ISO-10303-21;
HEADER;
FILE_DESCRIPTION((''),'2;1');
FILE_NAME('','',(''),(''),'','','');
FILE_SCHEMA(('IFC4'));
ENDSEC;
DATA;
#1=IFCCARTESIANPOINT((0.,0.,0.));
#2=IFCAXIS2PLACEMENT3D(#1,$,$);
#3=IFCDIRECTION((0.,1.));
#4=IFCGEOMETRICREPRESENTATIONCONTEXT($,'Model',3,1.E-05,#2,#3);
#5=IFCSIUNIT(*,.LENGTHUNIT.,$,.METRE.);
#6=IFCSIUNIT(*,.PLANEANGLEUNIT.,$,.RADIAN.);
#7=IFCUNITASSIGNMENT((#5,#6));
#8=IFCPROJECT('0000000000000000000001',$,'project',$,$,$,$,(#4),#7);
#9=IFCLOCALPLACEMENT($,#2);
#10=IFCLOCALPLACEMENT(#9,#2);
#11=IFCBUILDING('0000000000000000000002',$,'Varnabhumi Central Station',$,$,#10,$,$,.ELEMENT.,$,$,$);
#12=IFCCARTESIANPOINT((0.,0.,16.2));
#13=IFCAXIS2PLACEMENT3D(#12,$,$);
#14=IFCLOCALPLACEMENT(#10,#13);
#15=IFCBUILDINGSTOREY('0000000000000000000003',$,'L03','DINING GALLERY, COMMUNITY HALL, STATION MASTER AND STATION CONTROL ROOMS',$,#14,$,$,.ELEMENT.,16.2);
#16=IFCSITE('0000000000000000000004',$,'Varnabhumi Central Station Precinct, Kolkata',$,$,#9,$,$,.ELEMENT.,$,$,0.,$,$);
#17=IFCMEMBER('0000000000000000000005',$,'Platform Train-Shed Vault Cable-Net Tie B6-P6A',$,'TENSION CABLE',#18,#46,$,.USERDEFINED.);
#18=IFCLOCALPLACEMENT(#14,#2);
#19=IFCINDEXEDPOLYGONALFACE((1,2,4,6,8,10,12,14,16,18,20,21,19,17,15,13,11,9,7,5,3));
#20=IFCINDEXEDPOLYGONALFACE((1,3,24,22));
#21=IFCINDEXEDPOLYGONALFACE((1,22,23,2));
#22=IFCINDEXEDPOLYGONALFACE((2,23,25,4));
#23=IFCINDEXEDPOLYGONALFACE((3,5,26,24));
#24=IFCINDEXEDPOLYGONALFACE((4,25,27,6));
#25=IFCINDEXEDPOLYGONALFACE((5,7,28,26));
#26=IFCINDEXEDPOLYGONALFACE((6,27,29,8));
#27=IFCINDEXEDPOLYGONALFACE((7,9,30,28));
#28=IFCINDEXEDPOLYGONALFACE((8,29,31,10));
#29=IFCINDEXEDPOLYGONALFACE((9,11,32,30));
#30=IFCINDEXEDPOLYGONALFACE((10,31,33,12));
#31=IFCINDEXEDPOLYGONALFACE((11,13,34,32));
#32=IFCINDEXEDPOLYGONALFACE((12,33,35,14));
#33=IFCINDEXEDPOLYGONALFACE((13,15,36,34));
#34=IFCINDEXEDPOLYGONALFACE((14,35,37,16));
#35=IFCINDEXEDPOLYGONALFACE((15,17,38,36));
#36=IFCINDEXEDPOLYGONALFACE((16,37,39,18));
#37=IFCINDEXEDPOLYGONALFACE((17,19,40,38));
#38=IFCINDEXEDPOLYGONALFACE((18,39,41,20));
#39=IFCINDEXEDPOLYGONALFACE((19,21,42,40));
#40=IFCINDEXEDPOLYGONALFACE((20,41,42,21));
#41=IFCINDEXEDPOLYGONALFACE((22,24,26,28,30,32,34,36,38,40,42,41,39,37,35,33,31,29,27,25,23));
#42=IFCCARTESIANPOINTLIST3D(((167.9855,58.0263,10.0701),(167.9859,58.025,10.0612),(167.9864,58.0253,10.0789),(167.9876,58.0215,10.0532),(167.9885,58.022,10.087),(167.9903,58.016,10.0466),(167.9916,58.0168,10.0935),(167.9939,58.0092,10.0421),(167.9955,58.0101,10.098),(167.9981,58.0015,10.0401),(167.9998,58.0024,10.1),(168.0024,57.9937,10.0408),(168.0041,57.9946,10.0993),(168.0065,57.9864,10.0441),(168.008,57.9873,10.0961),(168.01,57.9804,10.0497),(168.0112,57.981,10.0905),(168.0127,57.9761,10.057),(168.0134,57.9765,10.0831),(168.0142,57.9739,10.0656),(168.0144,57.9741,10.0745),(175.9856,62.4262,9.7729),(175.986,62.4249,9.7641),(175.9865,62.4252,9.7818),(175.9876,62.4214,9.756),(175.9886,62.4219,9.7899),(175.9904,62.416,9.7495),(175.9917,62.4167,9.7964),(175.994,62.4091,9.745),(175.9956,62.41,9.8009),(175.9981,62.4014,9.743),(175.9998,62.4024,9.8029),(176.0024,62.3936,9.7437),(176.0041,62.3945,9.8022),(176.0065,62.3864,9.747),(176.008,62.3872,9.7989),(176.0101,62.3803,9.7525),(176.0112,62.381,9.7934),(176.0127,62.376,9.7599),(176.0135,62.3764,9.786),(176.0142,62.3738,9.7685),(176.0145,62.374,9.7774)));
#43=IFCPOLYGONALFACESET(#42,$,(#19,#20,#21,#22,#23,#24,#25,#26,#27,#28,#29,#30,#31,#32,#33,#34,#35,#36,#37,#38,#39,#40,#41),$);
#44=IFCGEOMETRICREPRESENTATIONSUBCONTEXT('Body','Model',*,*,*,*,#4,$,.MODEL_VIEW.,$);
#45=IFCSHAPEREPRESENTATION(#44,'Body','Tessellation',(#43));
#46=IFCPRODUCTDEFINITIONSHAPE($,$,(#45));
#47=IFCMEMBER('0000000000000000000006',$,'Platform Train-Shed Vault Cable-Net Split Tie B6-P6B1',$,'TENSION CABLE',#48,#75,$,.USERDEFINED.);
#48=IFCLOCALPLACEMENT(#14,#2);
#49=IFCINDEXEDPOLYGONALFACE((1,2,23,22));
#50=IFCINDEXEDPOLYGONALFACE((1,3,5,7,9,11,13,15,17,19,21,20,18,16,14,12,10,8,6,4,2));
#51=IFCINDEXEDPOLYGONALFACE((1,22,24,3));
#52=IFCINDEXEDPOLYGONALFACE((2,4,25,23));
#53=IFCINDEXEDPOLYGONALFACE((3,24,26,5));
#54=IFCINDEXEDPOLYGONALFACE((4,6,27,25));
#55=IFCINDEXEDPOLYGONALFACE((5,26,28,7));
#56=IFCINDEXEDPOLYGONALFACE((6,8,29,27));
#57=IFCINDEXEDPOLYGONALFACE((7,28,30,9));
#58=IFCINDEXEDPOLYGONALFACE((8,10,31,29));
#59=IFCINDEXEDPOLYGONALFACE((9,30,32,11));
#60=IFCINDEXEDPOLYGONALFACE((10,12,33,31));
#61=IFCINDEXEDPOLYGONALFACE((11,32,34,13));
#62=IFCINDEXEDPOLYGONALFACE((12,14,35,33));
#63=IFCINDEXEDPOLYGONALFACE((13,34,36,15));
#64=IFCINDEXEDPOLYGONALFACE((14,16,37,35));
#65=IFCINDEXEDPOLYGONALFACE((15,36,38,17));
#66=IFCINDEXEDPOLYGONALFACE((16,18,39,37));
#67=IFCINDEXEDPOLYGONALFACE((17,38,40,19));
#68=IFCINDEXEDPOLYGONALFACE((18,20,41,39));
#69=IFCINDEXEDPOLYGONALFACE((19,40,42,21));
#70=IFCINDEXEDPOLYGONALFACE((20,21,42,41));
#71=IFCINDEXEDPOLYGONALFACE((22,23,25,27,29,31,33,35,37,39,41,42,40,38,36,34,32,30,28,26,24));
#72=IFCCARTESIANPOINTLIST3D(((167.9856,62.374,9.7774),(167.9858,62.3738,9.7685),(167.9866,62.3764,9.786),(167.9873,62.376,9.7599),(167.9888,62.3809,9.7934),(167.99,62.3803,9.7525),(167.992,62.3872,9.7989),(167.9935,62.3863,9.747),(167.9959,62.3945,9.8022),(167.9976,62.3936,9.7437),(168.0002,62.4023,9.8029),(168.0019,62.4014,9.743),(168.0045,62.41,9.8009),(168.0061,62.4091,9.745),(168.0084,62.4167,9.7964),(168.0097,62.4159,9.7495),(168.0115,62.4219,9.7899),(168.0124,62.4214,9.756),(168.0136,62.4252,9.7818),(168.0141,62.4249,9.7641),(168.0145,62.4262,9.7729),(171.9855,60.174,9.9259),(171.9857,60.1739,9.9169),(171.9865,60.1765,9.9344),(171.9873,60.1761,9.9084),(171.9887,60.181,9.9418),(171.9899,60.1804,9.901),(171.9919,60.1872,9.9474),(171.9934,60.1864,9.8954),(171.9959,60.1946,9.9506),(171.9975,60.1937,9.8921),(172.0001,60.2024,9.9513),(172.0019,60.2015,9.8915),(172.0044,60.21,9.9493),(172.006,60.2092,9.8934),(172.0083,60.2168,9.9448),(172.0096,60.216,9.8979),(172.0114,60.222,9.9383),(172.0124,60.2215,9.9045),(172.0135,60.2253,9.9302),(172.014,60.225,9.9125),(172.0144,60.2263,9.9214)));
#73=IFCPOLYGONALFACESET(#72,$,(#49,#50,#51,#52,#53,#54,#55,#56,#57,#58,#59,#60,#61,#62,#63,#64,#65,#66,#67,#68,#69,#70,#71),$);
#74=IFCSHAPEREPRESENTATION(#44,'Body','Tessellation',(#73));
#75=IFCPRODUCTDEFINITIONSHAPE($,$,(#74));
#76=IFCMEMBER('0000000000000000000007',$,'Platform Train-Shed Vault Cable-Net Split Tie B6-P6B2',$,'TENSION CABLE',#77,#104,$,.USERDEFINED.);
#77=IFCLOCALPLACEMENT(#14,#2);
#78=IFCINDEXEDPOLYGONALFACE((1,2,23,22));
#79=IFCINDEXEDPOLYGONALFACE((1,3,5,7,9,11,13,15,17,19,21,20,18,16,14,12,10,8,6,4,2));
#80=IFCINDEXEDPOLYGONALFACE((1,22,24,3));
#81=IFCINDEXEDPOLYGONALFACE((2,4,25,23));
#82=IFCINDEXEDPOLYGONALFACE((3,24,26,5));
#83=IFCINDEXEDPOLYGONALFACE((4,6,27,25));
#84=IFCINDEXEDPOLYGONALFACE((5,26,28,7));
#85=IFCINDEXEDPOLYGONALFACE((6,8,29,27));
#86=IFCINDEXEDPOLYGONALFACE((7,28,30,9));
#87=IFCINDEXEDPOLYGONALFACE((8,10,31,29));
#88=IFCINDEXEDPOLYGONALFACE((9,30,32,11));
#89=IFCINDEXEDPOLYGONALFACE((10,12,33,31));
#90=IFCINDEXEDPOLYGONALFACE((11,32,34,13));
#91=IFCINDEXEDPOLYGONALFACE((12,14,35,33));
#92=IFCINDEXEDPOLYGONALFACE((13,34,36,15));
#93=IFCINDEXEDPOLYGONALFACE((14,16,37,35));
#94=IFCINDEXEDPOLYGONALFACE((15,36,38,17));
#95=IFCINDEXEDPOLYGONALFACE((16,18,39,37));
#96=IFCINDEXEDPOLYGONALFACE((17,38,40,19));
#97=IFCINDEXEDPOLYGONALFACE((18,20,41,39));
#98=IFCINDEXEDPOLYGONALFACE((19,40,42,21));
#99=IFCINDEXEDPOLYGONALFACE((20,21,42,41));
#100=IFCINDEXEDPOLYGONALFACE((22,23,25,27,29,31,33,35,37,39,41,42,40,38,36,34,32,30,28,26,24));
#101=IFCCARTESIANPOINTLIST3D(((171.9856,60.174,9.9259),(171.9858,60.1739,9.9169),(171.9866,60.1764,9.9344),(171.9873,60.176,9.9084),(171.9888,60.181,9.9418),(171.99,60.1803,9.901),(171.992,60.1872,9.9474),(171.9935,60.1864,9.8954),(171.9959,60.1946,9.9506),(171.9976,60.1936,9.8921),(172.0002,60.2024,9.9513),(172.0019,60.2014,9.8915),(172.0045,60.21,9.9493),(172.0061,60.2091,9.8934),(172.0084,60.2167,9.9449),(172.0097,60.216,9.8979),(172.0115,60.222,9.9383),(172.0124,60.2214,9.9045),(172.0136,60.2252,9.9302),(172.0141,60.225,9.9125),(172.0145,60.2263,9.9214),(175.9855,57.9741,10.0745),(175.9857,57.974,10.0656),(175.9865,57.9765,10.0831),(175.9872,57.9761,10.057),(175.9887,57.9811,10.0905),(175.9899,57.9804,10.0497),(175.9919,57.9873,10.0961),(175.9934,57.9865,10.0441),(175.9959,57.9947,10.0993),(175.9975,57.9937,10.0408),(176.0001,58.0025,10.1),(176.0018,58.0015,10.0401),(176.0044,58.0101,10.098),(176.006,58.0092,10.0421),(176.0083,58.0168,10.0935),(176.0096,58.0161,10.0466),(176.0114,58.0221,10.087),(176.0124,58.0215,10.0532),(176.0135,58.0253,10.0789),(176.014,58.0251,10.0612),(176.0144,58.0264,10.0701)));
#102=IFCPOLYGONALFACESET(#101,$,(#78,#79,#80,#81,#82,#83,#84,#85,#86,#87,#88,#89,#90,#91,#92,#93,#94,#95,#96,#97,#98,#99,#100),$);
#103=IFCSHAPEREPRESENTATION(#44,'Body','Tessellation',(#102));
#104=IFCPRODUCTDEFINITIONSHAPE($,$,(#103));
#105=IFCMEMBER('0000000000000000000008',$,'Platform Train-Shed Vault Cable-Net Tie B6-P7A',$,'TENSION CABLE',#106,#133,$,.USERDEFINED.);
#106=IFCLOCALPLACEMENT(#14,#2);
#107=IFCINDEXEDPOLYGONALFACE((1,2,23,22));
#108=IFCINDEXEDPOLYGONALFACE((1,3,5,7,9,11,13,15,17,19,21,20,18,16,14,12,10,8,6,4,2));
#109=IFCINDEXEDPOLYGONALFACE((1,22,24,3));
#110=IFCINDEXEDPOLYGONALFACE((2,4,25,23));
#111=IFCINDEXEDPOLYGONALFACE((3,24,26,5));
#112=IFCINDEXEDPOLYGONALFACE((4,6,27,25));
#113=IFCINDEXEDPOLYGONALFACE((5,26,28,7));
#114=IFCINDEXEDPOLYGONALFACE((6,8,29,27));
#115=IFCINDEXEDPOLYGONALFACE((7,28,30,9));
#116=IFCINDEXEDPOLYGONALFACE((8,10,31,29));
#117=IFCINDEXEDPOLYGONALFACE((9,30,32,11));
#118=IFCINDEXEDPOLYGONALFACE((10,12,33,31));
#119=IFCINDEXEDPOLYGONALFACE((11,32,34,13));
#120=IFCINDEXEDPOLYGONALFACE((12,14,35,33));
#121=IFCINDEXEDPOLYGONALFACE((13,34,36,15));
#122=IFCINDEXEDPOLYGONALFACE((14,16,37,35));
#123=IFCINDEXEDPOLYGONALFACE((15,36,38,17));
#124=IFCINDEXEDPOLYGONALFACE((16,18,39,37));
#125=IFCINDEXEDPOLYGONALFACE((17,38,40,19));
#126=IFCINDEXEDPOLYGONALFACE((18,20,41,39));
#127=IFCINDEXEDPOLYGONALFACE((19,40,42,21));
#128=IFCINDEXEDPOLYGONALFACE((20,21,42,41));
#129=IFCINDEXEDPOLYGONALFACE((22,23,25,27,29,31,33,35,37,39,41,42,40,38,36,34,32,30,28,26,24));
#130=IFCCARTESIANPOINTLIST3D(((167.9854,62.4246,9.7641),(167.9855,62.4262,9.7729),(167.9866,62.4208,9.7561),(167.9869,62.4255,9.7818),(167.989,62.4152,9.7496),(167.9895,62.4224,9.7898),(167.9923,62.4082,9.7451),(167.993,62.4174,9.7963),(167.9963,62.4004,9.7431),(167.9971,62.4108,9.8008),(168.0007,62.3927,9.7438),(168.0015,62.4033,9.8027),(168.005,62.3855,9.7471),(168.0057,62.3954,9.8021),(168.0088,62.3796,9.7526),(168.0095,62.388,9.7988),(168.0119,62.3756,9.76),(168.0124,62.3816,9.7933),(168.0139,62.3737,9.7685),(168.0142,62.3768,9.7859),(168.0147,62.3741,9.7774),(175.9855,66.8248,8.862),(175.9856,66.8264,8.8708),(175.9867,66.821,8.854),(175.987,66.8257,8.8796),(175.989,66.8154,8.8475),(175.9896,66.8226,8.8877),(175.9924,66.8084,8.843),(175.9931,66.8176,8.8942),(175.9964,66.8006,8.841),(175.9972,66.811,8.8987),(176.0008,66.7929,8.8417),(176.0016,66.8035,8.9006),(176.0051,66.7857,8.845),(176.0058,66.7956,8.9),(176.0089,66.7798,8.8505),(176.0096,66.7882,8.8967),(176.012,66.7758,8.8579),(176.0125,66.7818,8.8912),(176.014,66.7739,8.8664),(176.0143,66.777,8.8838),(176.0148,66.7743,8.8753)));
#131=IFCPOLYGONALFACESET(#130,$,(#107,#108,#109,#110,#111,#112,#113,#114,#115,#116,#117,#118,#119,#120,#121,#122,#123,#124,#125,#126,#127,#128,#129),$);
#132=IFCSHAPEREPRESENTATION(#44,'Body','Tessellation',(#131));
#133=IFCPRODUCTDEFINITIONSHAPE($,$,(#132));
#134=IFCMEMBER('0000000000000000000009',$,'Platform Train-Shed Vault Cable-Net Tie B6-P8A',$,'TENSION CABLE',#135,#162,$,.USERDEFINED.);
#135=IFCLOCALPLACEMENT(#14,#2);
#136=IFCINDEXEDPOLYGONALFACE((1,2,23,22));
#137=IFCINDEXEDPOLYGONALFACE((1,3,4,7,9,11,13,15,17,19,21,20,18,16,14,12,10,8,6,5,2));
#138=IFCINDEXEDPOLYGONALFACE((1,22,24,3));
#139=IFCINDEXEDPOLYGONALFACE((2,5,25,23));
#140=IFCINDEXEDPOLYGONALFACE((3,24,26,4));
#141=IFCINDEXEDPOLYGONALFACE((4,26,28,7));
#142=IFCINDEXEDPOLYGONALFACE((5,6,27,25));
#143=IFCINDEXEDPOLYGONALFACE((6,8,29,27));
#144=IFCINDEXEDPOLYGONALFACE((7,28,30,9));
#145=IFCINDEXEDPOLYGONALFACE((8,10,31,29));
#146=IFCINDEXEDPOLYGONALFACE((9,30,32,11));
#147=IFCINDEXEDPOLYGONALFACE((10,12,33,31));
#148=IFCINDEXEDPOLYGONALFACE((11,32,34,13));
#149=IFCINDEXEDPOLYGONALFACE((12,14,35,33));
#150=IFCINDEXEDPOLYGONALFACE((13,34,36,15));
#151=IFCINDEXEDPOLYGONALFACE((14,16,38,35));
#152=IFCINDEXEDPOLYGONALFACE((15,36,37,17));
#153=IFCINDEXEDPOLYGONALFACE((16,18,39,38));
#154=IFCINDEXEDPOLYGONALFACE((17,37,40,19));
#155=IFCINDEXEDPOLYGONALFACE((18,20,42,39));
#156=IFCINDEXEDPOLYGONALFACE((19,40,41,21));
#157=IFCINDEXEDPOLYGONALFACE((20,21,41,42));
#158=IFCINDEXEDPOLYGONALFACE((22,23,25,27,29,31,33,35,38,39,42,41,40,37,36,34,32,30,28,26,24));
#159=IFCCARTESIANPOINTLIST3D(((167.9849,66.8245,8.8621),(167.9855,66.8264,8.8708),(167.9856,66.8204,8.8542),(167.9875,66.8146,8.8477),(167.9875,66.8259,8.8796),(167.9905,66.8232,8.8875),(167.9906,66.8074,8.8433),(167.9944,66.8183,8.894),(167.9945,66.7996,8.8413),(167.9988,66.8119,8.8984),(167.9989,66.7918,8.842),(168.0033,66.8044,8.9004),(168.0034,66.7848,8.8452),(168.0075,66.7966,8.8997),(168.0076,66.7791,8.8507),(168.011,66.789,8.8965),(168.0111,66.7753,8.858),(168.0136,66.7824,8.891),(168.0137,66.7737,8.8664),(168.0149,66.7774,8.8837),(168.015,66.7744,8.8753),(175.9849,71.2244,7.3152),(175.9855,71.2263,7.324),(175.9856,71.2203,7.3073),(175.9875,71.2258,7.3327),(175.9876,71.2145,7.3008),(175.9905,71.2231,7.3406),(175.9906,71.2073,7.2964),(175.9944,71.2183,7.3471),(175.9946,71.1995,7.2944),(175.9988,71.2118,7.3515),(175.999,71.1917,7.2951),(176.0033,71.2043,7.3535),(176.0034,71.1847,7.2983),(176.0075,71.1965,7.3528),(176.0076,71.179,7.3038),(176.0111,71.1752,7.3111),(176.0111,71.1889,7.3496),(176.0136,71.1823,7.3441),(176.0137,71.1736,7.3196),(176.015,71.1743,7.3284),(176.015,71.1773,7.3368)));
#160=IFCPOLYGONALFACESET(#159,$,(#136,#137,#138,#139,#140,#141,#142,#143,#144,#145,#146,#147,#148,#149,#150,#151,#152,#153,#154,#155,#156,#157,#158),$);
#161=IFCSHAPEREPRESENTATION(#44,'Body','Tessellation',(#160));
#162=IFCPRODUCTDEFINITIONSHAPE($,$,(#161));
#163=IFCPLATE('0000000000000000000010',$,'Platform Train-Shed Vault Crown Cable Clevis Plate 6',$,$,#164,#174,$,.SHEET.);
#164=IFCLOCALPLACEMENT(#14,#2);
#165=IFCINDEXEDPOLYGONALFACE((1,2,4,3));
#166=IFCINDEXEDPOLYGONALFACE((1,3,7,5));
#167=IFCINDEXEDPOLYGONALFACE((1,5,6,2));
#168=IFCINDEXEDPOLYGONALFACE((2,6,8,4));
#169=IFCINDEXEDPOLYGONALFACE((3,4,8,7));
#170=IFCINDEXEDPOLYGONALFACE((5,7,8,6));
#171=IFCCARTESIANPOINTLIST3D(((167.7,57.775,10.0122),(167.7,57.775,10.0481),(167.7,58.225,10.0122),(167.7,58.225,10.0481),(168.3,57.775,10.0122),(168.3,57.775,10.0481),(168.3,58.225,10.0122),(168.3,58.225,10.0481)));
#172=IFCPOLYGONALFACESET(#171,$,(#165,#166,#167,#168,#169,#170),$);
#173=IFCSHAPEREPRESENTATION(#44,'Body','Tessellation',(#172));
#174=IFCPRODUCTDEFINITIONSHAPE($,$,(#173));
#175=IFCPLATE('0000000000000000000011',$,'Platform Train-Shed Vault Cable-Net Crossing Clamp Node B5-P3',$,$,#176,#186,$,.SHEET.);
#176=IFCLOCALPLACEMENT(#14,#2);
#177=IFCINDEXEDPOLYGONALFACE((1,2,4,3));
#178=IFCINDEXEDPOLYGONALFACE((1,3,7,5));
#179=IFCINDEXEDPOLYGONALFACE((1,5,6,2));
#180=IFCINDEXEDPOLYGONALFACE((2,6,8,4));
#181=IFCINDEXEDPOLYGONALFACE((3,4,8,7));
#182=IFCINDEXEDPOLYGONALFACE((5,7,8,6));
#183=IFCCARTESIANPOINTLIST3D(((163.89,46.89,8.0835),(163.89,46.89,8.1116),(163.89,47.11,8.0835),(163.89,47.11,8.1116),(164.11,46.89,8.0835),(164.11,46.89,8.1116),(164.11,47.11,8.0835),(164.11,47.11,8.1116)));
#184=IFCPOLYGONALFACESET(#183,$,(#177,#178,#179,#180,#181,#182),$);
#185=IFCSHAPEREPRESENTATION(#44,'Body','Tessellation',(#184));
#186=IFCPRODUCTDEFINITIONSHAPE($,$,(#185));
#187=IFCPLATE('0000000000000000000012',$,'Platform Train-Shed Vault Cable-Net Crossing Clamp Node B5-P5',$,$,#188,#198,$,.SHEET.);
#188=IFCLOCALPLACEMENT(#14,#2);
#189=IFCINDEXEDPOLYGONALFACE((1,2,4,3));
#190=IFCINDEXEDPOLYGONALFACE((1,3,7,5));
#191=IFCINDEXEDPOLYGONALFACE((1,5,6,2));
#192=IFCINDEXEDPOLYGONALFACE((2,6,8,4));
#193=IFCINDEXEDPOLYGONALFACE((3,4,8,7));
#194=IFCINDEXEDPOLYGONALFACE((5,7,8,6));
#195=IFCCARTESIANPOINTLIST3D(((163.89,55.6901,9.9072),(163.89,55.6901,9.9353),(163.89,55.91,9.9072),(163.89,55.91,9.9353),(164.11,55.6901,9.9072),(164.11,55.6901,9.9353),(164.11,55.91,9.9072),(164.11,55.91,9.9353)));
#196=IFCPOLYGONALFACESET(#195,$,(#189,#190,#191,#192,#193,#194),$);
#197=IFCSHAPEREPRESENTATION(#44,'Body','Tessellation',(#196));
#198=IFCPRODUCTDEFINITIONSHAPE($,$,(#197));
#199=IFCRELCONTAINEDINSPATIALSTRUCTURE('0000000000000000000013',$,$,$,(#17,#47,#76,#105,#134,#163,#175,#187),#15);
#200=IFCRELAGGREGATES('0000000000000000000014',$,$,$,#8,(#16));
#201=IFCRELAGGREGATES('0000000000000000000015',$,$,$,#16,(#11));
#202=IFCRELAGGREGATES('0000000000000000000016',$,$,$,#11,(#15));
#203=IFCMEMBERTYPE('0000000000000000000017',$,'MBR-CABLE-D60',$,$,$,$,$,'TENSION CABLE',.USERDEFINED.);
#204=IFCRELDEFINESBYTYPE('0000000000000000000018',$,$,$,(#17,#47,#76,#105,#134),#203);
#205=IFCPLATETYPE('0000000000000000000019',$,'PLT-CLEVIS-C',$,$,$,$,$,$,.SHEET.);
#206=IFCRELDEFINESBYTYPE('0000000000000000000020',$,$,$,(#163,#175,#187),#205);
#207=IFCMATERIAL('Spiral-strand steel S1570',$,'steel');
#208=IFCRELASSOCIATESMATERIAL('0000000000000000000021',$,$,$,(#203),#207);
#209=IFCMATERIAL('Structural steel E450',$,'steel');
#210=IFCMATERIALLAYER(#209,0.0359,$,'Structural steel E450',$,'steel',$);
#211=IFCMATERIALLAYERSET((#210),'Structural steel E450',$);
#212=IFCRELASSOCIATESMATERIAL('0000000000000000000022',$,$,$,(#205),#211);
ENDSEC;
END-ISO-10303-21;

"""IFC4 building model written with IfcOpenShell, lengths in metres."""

from ifc_helpers import new_model, si_unit, direction, frame, origin, origin_2d, place, context, subcontext, project, spatial, rectangle, circle, extrude, material, layer, layer_set, material_profile, profile_set, type_object, element, save


model = new_model("IFC4")

# Units and contexts
model_context = context("Model", 3, precision=1e-05, world=origin(), true_north=direction((0.0, 1.0)))
body_context = subcontext(model_context, "Body", "Model", "MODEL_VIEW")
ifc_project = project(units=[si_unit("LENGTHUNIT", "METRE"), si_unit("PLANEANGLEUNIT", "RADIAN")], contexts=[model_context])

# Site, building, storey
site_placement = place(None, origin())
site = spatial("IfcSite", under=ifc_project, at=site_placement, Name="Varnabhumi Central Station Precinct, Kolkata", CompositionType="ELEMENT", RefElevation=0.0)
building_placement = place(site_placement, origin())
building = spatial("IfcBuilding", under=site, at=building_placement, Name="Varnabhumi Central Station", CompositionType="ELEMENT")
storey_placement = place(building_placement, frame((0.0, 0.0, 16.2)))
storey = spatial("IfcBuildingStorey", under=building, at=storey_placement, Name="L03", Description="DINING GALLERY, COMMUNITY HALL, STATION MASTER AND STATION CONTROL ROOMS", CompositionType="ELEMENT", Elevation=16.2)

# Shared definitions
ifc_material_1 = material(Name="Structural steel E450", Category="steel")

# Members
ifc_material_2 = material(Name="Spiral-strand steel S1570", Category="steel")
ifc_material_profile_1 = material_profile(ifc_material_2, circle(Radius=0.03, at=origin_2d()), Name="Spiral-strand steel S1570", Category="steel")
ifc_profile_set_1 = profile_set([ifc_material_profile_1], Name="Spiral-strand steel S1570")
member_type = type_object("IfcMemberType", Name="MBR-CABLE-D60", ElementType="TENSION CABLE", PredefinedType="USERDEFINED", material=ifc_profile_set_1)
for number, where, z_axis, x_axis, name in (
    (1, (168.0, 58.0, 10.0701), (0.875757, 0.481656, -0.032526), (-0.481911, 0.87622, 0.0), "Platform Train-Shed Vault Cable-Net Tie B6-P6A"),
):
    element("IfcMember", number, at=place(storey_placement, frame(where, z_axis=z_axis, x_axis=x_axis)), inside=storey, type_object=member_type, Name=name, ObjectType="TENSION CABLE", PredefinedType="USERDEFINED", context=body_context, shape_type="SweptSolid", body=[
        extrude(circle(Radius=0.03, at=origin_2d()), origin(), (0.0, 0.0, 1.0), 9.135),
    ])
for number, where, z_axis, x_axis, name in (
    (2, (168.0, 62.3999, 9.7729), (0.875758, -0.481656, 0.032499), (0.481911, 0.87622, 0.0), "Platform Train-Shed Vault Cable-Net Split Tie B6-P6B1"),
    (3, (172.0, 60.2, 9.9214), (0.875756, -0.481655, 0.032552), (0.481911, 0.87622, 0.0), "Platform Train-Shed Vault Cable-Net Split Tie B6-P6B2"),
):
    element("IfcMember", number, at=place(storey_placement, frame(where, z_axis=z_axis, x_axis=x_axis)), inside=storey, type_object=member_type, Name=name, ObjectType="TENSION CABLE", PredefinedType="USERDEFINED", context=body_context, shape_type="SweptSolid", body=[
        extrude(circle(Radius=0.03, at=origin_2d()), origin(), (0.0, 0.0, 1.0), 4.5674),
    ])
member_1_placement = place(storey_placement, frame((168.0, 62.3999, 9.7729), z_axis=(0.871963, 0.479596, -0.098325), x_axis=(-0.481931, 0.876209, 0.0)))
element("IfcMember", 4, at=member_1_placement, inside=storey, type_object=member_type, Name="Platform Train-Shed Vault Cable-Net Tie B6-P7A", ObjectType="TENSION CABLE", PredefinedType="USERDEFINED", context=body_context, shape_type="SweptSolid", body=[
    extrude(circle(Radius=0.03, at=origin_2d()), origin(), (0.0, 0.0, 1.0), 9.1748),
])
member_2_placement = place(storey_placement, frame((168.0, 66.8, 8.8708), z_axis=(0.863909, 0.475139, -0.167045), x_axis=(-0.481911, 0.87622, 0.0)))
element("IfcMember", 5, at=member_2_placement, inside=storey, type_object=member_type, Name="Platform Train-Shed Vault Cable-Net Tie B6-P8A", ObjectType="TENSION CABLE", PredefinedType="USERDEFINED", context=body_context, shape_type="SweptSolid", body=[
    extrude(circle(Radius=0.03, at=origin_2d()), origin(), (0.0, 0.0, 1.0), 9.2603),
])

# Plates
ifc_layer = layer(ifc_material_1, 0.0359, Name="Structural steel E450", Category="steel")
ifc_layer_set = layer_set([ifc_layer], Name="Structural steel E450")
plate_type = type_object("IfcPlateType", Name="PLT-CLEVIS-C", PredefinedType="SHEET", material=ifc_layer_set)
plate_placement = place(storey_placement, frame((168.0, 58.0, 10.0122), z_axis=(0.0, 0.0, 1.0), x_axis=(1.0, 0.0, 0.0)))
element("IfcPlate", 6, at=plate_placement, inside=storey, type_object=plate_type, Name="Platform Train-Shed Vault Crown Cable Clevis Plate 6", PredefinedType="SHEET", context=body_context, shape_type="SweptSolid", body=[
    extrude(rectangle(XDim=0.6001, YDim=0.45, at=origin_2d()), origin(), (0.0, 0.0, 1.0), 0.0359),
])
for number, where, z_axis, x_axis, name in (
    (7, (164.0, 47.0, 8.0835), (0.0, 0.0, 1.0), (1.0, 0.0, 0.0), "Platform Train-Shed Vault Cable-Net Crossing Clamp Node B5-P3"),
    (8, (164.0, 55.8, 9.9072), (0.0, 0.0, 1.0), (1.0, 0.0, 0.0), "Platform Train-Shed Vault Cable-Net Crossing Clamp Node B5-P5"),
):
    element("IfcPlate", number, at=place(storey_placement, frame(where, z_axis=z_axis, x_axis=x_axis)), inside=storey, type_object=plate_type, Name=name, PredefinedType="SHEET", context=body_context, shape_type="SweptSolid", body=[
        extrude(rectangle(XDim=0.22, YDim=0.22, at=origin_2d()), origin(), (0.0, 0.0, 1.0), 0.0281),
    ])

save(model, "model.ifc")
